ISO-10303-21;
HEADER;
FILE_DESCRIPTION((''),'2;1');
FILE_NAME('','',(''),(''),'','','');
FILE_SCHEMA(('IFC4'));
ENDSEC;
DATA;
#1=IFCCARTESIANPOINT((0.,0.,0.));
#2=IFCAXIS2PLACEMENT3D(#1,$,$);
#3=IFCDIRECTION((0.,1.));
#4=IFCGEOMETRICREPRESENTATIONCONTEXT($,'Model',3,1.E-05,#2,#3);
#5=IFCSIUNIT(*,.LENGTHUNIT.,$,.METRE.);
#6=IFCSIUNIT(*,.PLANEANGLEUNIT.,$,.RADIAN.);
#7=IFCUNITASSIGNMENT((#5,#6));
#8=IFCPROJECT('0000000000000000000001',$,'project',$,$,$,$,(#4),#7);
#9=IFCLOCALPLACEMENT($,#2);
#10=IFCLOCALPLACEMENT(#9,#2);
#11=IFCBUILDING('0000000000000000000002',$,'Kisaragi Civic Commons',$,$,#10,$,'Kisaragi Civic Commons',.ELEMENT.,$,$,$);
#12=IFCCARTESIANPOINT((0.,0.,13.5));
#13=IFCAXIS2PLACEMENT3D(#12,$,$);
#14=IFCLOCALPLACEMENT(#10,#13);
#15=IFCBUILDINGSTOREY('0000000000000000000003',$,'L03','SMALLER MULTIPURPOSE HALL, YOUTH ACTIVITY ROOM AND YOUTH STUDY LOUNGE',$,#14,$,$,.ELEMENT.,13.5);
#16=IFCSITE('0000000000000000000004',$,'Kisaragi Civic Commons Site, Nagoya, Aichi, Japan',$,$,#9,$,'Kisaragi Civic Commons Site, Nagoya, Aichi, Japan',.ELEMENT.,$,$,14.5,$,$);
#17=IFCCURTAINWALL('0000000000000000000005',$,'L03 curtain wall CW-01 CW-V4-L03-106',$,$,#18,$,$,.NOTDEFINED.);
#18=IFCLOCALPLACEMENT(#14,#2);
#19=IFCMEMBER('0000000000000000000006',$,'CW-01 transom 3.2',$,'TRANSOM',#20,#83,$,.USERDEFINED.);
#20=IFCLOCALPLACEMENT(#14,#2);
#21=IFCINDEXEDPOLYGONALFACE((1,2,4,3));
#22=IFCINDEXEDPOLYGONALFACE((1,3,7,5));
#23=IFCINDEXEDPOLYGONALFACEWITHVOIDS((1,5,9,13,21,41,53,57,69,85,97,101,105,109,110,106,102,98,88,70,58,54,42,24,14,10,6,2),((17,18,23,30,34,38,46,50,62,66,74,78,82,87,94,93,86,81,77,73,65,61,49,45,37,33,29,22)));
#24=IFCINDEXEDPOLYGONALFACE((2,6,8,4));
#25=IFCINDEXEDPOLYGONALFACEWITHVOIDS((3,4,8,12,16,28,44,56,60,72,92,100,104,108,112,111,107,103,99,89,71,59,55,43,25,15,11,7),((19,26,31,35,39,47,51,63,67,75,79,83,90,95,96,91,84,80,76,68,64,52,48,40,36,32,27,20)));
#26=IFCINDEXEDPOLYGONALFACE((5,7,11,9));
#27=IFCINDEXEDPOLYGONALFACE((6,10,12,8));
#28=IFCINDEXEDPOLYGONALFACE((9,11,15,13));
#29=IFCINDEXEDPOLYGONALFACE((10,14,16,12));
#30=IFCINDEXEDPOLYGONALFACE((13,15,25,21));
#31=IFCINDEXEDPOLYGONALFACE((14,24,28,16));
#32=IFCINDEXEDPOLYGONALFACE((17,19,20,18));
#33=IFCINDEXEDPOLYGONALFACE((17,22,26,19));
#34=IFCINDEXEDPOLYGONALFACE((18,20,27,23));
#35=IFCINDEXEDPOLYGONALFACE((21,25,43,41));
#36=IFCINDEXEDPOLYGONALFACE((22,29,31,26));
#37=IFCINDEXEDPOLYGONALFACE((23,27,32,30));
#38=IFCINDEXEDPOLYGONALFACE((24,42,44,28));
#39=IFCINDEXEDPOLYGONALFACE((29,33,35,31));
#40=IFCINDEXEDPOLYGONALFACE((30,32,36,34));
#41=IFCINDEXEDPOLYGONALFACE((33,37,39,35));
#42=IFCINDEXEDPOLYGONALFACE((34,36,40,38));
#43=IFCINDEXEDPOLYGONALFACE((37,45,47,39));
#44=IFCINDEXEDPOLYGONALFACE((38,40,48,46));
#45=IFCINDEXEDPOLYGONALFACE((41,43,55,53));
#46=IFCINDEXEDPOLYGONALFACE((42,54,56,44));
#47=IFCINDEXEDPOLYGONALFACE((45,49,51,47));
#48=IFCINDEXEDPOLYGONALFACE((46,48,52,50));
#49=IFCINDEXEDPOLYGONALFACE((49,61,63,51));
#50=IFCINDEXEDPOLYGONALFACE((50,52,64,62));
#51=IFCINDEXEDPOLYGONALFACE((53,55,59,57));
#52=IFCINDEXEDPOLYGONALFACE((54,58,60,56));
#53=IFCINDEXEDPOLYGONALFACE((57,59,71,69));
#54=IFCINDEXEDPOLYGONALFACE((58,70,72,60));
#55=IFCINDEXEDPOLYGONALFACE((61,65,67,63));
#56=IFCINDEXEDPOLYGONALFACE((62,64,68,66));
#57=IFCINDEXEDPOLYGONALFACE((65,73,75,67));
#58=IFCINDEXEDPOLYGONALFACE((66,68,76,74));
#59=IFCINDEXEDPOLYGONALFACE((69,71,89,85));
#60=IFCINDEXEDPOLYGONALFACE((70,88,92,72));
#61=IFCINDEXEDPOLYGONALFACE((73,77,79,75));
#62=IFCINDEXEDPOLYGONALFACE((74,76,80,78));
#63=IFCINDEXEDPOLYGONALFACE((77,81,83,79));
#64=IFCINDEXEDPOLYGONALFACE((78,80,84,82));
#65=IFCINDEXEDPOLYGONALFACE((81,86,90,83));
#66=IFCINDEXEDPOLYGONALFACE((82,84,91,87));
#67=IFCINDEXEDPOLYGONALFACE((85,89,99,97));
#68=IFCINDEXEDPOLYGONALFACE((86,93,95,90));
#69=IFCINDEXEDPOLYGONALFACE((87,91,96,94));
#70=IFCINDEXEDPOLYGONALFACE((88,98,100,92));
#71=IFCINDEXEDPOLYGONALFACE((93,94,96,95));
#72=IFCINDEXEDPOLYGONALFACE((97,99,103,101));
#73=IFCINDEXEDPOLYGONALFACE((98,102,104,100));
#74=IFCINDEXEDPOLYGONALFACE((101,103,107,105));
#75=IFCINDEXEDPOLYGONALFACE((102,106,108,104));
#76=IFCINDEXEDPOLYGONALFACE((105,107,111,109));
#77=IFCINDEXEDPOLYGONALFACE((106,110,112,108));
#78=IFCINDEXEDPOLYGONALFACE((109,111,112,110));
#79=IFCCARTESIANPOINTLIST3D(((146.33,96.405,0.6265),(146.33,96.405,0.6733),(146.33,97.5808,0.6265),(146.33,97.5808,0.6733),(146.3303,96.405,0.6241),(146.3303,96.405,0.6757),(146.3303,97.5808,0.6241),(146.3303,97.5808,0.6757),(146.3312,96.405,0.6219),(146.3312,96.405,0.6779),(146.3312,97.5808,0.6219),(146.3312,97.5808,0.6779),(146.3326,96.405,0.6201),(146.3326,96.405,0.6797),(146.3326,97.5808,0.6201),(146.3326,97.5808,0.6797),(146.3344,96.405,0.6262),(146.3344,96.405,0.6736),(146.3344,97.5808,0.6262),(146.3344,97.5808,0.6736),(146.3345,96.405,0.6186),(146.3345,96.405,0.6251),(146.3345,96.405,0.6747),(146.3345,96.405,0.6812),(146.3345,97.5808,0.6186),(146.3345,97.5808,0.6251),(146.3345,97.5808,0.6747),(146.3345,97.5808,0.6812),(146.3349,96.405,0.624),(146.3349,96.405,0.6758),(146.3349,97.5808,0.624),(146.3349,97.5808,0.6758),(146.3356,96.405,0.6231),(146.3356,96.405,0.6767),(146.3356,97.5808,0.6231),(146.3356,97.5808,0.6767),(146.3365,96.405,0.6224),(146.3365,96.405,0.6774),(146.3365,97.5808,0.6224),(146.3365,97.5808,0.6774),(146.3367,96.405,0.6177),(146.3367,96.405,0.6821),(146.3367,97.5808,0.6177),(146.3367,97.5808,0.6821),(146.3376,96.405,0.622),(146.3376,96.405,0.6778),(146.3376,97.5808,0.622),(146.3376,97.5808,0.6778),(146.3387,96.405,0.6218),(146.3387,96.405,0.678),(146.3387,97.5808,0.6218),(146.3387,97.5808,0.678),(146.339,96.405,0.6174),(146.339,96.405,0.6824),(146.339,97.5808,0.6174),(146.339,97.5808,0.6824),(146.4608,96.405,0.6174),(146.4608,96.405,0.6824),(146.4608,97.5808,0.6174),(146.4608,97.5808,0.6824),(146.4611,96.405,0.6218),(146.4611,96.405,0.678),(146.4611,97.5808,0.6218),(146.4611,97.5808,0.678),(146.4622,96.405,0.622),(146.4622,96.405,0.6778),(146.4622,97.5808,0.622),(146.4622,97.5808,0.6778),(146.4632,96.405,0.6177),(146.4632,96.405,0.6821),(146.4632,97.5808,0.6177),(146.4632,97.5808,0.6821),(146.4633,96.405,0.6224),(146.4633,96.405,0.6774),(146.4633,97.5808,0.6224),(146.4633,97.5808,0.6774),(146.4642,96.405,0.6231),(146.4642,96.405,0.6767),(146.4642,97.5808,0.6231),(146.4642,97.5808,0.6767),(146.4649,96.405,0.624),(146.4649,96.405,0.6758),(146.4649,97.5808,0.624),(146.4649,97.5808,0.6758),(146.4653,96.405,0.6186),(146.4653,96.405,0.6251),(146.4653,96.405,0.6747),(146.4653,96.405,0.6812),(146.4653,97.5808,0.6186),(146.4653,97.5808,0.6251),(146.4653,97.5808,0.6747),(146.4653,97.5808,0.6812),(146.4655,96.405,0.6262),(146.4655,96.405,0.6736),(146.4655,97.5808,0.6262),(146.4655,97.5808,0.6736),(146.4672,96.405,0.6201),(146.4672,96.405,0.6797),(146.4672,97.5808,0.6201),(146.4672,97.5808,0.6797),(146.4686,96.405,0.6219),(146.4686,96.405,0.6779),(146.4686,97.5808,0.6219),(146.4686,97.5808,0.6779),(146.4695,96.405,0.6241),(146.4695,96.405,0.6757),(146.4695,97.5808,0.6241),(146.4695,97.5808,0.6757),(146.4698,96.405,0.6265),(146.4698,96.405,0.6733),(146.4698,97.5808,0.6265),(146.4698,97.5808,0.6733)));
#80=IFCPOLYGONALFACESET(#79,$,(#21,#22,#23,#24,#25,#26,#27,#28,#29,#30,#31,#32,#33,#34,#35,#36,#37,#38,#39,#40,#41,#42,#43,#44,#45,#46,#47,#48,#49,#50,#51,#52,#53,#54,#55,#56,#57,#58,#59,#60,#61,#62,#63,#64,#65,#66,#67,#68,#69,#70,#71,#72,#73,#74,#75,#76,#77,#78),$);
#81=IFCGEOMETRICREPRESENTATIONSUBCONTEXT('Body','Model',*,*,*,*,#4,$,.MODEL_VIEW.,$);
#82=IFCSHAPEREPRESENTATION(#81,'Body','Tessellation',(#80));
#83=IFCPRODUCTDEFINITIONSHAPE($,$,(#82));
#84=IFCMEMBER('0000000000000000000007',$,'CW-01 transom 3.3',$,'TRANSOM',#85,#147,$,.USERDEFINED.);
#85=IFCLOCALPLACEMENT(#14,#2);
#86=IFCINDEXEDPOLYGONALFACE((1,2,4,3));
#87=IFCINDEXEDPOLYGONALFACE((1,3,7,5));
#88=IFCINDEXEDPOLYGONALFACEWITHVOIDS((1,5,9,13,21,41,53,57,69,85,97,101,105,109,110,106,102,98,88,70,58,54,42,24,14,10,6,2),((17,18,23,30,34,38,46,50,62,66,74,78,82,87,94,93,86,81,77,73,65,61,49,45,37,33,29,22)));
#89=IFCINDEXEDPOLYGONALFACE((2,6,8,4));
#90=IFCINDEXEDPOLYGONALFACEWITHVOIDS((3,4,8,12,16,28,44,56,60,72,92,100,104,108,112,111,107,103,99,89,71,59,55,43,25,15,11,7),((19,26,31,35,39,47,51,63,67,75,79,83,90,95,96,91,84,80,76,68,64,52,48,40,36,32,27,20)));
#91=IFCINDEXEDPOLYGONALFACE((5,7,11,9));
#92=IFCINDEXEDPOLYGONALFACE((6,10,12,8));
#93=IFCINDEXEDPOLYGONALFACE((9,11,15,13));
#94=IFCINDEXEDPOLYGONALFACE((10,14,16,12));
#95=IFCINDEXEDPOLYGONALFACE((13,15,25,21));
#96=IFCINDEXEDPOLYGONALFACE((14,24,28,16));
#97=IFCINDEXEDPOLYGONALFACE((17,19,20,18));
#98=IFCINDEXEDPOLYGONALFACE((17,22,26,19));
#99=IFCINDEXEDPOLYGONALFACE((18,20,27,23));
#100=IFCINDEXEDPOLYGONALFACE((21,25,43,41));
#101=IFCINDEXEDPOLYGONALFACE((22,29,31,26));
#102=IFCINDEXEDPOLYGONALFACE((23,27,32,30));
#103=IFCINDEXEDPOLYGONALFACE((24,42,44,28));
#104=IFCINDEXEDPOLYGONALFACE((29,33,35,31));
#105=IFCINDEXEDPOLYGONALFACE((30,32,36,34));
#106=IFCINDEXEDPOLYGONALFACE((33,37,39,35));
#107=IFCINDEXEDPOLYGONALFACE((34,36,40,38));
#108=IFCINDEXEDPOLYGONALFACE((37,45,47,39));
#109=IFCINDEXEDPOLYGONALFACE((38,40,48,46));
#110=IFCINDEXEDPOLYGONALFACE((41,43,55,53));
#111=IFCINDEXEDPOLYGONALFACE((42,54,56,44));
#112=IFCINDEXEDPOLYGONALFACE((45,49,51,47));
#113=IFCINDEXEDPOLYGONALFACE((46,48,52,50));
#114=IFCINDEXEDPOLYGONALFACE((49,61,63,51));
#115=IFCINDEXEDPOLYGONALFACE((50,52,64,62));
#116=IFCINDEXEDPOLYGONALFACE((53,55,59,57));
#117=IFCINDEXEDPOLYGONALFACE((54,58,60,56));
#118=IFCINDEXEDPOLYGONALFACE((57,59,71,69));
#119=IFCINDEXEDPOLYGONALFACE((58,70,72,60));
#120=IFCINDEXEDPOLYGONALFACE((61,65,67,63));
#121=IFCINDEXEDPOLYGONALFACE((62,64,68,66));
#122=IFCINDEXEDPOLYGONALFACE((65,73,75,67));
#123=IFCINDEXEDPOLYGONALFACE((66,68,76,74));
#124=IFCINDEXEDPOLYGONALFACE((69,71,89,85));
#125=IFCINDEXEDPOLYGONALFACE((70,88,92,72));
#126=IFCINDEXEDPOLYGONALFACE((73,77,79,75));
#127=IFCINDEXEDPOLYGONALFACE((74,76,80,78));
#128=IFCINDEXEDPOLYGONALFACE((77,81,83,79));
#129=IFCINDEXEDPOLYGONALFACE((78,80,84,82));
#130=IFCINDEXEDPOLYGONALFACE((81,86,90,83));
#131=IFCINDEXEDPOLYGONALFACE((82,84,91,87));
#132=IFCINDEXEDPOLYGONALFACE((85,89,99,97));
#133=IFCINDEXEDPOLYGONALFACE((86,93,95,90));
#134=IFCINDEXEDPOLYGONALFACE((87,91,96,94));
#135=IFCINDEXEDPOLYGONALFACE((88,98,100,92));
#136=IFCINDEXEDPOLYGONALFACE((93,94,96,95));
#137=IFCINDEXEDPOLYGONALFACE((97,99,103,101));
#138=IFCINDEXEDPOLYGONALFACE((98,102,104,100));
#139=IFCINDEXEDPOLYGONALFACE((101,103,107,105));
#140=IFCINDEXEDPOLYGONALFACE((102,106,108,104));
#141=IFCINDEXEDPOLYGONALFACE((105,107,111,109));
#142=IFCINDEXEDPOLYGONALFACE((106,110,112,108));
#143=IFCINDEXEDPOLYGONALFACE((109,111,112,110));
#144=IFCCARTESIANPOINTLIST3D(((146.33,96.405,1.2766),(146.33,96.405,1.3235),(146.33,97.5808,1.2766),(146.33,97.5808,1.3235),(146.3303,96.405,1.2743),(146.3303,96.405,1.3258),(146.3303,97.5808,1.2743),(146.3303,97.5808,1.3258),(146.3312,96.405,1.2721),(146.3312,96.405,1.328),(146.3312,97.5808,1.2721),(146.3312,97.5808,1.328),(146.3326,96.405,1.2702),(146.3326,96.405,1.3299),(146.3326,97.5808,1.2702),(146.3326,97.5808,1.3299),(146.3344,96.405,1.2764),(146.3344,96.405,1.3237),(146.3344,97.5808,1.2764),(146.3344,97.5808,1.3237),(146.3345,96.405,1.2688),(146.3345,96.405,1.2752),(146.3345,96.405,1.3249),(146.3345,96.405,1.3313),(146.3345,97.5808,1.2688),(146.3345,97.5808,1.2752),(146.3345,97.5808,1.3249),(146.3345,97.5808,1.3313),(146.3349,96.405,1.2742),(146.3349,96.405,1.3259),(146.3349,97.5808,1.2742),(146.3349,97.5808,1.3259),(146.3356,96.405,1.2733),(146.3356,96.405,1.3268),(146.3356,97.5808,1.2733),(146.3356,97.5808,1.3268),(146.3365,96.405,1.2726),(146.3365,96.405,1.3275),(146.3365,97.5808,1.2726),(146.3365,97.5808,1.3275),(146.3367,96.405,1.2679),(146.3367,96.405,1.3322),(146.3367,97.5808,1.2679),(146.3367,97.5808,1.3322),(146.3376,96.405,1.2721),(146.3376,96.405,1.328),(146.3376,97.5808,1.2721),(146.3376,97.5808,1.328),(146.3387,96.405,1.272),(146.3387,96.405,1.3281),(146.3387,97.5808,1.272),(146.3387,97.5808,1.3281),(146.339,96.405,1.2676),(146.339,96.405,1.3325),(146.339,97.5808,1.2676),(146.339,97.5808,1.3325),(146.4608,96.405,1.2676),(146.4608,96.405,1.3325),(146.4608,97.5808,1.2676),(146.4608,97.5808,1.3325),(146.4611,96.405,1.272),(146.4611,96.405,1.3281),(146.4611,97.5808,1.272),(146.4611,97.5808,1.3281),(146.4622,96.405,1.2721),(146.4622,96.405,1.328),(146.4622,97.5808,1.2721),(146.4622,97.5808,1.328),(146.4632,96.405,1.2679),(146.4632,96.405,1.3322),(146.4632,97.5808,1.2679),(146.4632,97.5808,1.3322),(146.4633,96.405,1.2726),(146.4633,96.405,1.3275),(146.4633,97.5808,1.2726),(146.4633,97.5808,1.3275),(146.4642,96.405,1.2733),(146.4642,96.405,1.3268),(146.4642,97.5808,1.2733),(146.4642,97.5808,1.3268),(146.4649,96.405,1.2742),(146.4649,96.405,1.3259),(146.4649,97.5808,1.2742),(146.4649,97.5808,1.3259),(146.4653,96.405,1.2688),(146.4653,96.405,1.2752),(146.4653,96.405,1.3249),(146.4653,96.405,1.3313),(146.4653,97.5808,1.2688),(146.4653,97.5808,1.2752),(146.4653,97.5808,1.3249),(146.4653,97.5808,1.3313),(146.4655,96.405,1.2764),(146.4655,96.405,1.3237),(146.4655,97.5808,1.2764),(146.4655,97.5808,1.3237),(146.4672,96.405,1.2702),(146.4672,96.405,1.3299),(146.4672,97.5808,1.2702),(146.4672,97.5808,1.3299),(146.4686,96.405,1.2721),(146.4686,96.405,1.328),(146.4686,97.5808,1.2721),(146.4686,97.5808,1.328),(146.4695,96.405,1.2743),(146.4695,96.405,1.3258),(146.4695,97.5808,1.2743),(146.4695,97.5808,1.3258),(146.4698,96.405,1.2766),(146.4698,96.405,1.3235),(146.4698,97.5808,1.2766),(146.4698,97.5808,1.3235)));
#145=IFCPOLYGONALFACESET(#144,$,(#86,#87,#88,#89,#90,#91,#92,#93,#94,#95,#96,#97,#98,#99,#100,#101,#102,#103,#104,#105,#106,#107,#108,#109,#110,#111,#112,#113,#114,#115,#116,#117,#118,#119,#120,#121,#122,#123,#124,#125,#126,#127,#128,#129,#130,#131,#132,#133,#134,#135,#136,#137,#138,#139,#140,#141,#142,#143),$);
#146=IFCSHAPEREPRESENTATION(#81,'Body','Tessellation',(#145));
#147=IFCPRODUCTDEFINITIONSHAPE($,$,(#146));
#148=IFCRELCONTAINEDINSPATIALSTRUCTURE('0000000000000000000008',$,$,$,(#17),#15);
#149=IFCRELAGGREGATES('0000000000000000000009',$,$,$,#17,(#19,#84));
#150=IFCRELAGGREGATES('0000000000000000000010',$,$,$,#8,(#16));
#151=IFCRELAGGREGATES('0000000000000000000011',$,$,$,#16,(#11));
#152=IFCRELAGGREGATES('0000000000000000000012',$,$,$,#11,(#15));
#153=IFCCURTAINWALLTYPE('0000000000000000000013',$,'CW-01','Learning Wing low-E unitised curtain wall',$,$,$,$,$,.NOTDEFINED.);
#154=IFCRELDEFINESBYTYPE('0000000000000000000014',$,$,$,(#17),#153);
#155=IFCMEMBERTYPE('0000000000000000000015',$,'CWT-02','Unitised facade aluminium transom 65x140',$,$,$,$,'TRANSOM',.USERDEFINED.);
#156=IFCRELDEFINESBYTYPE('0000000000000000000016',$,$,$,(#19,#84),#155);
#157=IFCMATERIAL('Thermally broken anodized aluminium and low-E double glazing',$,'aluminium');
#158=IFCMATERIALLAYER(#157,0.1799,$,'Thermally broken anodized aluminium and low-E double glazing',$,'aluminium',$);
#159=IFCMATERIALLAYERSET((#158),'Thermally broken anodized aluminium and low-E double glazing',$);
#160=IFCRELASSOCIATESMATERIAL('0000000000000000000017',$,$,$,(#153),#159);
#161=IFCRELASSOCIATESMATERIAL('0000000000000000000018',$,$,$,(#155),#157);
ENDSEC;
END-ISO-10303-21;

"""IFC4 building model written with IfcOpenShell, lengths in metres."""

from ifc_helpers import new_model, si_unit, direction, frame, origin, origin_2d, place, context, subcontext, project, spatial, hollow_rectangle, extrude, material, layer, layer_set, material_profile, profile_set, type_object, element, aggregate, save


model = new_model("IFC4")

# Units and contexts
model_context = context("Model", 3, precision=1e-05, world=origin(), true_north=direction((0.0, 1.0)))
body_context = subcontext(model_context, "Body", "Model", "MODEL_VIEW")
ifc_project = project(units=[si_unit("LENGTHUNIT", "METRE"), si_unit("PLANEANGLEUNIT", "RADIAN")], contexts=[model_context])

# Site, building, storey
site_placement = place(None, origin())
site = spatial("IfcSite", under=ifc_project, at=site_placement, Name="Kisaragi Civic Commons Site, Nagoya, Aichi, Japan", LongName="Kisaragi Civic Commons Site, Nagoya, Aichi, Japan", CompositionType="ELEMENT", RefElevation=14.5)
building_placement = place(site_placement, origin())
building = spatial("IfcBuilding", under=site, at=building_placement, Name="Kisaragi Civic Commons", LongName="Kisaragi Civic Commons", CompositionType="ELEMENT")
storey_placement = place(building_placement, frame((0.0, 0.0, 13.5)))
storey = spatial("IfcBuildingStorey", under=building, at=storey_placement, Name="L03", Description="SMALLER MULTIPURPOSE HALL, YOUTH ACTIVITY ROOM AND YOUTH STUDY LOUNGE", CompositionType="ELEMENT", Elevation=13.5)

# Curtain wall, members
ifc_material = material(Name="Thermally broken anodized aluminium and low-E double glazing", Category="aluminium")
ifc_layer_1 = layer(ifc_material, 0.1799, Name="Thermally broken anodized aluminium and low-E double glazing", Category="aluminium")
ifc_layer_set_1 = layer_set([ifc_layer_1], Name="Thermally broken anodized aluminium and low-E double glazing")
curtain_wall_type = type_object("IfcCurtainWallType", Name="CW-01", Description="Learning Wing low-E unitised curtain wall", PredefinedType="NOTDEFINED", material=ifc_layer_set_1)
curtain_wall_placement = place(storey_placement, origin())
curtain_wall = element("IfcCurtainWall", 1, at=curtain_wall_placement, inside=storey, type_object=curtain_wall_type, Name="L03 curtain wall CW-01 CW-V4-L03-106", PredefinedType="NOTDEFINED")
ifc_material_profile_1 = material_profile(ifc_material, hollow_rectangle(XDim=0.1399, YDim=0.0649, WallThickness=0.0044, InnerFilletRadius=0.0044, OuterFilletRadius=0.009, at=origin_2d()), Name="CWT-65x140x4.5", Category="aluminium")
ifc_profile_set_1 = profile_set([ifc_material_profile_1], Name="Thermally broken anodized aluminium and low-E double glazing")
member_type_1 = type_object("IfcMemberType", Name="CWT-02", Description="Unitised facade aluminium transom 65x140", ElementType="TRANSOM", PredefinedType="USERDEFINED", material=ifc_profile_set_1)
member_1_placement = place(storey_placement, frame((146.3999, 97.5808, 0.6499), z_axis=(0.0, -1.0, 0.0), x_axis=(1.0, 0.0, 0.0)))
member_1 = element("IfcMember", 2, at=member_1_placement, type_object=member_type_1, Name="CW-01 transom 3.2", ObjectType="TRANSOM", PredefinedType="USERDEFINED", context=body_context, shape_type="SweptSolid", body=[
    extrude(hollow_rectangle(XDim=0.1399, YDim=0.0649, WallThickness=0.0044, InnerFilletRadius=0.0044, OuterFilletRadius=0.009, at=origin_2d()), origin(), (0.0, 0.0, 1.0), 1.1758),
])
member_2_placement = place(storey_placement, frame((146.3999, 97.5808, 1.3), z_axis=(0.0, -1.0, 0.0), x_axis=(1.0, 0.0, 0.0)))
member_2 = element("IfcMember", 3, at=member_2_placement, type_object=member_type_1, Name="CW-01 transom 3.3", ObjectType="TRANSOM", PredefinedType="USERDEFINED", context=body_context, shape_type="SweptSolid", body=[
    extrude(hollow_rectangle(XDim=0.1399, YDim=0.0649, WallThickness=0.0044, InnerFilletRadius=0.0044, OuterFilletRadius=0.009, at=origin_2d()), origin(), (0.0, 0.0, 1.0), 1.1758),
])
aggregate(curtain_wall, [member_1, member_2])

save(model, "model.ifc")
